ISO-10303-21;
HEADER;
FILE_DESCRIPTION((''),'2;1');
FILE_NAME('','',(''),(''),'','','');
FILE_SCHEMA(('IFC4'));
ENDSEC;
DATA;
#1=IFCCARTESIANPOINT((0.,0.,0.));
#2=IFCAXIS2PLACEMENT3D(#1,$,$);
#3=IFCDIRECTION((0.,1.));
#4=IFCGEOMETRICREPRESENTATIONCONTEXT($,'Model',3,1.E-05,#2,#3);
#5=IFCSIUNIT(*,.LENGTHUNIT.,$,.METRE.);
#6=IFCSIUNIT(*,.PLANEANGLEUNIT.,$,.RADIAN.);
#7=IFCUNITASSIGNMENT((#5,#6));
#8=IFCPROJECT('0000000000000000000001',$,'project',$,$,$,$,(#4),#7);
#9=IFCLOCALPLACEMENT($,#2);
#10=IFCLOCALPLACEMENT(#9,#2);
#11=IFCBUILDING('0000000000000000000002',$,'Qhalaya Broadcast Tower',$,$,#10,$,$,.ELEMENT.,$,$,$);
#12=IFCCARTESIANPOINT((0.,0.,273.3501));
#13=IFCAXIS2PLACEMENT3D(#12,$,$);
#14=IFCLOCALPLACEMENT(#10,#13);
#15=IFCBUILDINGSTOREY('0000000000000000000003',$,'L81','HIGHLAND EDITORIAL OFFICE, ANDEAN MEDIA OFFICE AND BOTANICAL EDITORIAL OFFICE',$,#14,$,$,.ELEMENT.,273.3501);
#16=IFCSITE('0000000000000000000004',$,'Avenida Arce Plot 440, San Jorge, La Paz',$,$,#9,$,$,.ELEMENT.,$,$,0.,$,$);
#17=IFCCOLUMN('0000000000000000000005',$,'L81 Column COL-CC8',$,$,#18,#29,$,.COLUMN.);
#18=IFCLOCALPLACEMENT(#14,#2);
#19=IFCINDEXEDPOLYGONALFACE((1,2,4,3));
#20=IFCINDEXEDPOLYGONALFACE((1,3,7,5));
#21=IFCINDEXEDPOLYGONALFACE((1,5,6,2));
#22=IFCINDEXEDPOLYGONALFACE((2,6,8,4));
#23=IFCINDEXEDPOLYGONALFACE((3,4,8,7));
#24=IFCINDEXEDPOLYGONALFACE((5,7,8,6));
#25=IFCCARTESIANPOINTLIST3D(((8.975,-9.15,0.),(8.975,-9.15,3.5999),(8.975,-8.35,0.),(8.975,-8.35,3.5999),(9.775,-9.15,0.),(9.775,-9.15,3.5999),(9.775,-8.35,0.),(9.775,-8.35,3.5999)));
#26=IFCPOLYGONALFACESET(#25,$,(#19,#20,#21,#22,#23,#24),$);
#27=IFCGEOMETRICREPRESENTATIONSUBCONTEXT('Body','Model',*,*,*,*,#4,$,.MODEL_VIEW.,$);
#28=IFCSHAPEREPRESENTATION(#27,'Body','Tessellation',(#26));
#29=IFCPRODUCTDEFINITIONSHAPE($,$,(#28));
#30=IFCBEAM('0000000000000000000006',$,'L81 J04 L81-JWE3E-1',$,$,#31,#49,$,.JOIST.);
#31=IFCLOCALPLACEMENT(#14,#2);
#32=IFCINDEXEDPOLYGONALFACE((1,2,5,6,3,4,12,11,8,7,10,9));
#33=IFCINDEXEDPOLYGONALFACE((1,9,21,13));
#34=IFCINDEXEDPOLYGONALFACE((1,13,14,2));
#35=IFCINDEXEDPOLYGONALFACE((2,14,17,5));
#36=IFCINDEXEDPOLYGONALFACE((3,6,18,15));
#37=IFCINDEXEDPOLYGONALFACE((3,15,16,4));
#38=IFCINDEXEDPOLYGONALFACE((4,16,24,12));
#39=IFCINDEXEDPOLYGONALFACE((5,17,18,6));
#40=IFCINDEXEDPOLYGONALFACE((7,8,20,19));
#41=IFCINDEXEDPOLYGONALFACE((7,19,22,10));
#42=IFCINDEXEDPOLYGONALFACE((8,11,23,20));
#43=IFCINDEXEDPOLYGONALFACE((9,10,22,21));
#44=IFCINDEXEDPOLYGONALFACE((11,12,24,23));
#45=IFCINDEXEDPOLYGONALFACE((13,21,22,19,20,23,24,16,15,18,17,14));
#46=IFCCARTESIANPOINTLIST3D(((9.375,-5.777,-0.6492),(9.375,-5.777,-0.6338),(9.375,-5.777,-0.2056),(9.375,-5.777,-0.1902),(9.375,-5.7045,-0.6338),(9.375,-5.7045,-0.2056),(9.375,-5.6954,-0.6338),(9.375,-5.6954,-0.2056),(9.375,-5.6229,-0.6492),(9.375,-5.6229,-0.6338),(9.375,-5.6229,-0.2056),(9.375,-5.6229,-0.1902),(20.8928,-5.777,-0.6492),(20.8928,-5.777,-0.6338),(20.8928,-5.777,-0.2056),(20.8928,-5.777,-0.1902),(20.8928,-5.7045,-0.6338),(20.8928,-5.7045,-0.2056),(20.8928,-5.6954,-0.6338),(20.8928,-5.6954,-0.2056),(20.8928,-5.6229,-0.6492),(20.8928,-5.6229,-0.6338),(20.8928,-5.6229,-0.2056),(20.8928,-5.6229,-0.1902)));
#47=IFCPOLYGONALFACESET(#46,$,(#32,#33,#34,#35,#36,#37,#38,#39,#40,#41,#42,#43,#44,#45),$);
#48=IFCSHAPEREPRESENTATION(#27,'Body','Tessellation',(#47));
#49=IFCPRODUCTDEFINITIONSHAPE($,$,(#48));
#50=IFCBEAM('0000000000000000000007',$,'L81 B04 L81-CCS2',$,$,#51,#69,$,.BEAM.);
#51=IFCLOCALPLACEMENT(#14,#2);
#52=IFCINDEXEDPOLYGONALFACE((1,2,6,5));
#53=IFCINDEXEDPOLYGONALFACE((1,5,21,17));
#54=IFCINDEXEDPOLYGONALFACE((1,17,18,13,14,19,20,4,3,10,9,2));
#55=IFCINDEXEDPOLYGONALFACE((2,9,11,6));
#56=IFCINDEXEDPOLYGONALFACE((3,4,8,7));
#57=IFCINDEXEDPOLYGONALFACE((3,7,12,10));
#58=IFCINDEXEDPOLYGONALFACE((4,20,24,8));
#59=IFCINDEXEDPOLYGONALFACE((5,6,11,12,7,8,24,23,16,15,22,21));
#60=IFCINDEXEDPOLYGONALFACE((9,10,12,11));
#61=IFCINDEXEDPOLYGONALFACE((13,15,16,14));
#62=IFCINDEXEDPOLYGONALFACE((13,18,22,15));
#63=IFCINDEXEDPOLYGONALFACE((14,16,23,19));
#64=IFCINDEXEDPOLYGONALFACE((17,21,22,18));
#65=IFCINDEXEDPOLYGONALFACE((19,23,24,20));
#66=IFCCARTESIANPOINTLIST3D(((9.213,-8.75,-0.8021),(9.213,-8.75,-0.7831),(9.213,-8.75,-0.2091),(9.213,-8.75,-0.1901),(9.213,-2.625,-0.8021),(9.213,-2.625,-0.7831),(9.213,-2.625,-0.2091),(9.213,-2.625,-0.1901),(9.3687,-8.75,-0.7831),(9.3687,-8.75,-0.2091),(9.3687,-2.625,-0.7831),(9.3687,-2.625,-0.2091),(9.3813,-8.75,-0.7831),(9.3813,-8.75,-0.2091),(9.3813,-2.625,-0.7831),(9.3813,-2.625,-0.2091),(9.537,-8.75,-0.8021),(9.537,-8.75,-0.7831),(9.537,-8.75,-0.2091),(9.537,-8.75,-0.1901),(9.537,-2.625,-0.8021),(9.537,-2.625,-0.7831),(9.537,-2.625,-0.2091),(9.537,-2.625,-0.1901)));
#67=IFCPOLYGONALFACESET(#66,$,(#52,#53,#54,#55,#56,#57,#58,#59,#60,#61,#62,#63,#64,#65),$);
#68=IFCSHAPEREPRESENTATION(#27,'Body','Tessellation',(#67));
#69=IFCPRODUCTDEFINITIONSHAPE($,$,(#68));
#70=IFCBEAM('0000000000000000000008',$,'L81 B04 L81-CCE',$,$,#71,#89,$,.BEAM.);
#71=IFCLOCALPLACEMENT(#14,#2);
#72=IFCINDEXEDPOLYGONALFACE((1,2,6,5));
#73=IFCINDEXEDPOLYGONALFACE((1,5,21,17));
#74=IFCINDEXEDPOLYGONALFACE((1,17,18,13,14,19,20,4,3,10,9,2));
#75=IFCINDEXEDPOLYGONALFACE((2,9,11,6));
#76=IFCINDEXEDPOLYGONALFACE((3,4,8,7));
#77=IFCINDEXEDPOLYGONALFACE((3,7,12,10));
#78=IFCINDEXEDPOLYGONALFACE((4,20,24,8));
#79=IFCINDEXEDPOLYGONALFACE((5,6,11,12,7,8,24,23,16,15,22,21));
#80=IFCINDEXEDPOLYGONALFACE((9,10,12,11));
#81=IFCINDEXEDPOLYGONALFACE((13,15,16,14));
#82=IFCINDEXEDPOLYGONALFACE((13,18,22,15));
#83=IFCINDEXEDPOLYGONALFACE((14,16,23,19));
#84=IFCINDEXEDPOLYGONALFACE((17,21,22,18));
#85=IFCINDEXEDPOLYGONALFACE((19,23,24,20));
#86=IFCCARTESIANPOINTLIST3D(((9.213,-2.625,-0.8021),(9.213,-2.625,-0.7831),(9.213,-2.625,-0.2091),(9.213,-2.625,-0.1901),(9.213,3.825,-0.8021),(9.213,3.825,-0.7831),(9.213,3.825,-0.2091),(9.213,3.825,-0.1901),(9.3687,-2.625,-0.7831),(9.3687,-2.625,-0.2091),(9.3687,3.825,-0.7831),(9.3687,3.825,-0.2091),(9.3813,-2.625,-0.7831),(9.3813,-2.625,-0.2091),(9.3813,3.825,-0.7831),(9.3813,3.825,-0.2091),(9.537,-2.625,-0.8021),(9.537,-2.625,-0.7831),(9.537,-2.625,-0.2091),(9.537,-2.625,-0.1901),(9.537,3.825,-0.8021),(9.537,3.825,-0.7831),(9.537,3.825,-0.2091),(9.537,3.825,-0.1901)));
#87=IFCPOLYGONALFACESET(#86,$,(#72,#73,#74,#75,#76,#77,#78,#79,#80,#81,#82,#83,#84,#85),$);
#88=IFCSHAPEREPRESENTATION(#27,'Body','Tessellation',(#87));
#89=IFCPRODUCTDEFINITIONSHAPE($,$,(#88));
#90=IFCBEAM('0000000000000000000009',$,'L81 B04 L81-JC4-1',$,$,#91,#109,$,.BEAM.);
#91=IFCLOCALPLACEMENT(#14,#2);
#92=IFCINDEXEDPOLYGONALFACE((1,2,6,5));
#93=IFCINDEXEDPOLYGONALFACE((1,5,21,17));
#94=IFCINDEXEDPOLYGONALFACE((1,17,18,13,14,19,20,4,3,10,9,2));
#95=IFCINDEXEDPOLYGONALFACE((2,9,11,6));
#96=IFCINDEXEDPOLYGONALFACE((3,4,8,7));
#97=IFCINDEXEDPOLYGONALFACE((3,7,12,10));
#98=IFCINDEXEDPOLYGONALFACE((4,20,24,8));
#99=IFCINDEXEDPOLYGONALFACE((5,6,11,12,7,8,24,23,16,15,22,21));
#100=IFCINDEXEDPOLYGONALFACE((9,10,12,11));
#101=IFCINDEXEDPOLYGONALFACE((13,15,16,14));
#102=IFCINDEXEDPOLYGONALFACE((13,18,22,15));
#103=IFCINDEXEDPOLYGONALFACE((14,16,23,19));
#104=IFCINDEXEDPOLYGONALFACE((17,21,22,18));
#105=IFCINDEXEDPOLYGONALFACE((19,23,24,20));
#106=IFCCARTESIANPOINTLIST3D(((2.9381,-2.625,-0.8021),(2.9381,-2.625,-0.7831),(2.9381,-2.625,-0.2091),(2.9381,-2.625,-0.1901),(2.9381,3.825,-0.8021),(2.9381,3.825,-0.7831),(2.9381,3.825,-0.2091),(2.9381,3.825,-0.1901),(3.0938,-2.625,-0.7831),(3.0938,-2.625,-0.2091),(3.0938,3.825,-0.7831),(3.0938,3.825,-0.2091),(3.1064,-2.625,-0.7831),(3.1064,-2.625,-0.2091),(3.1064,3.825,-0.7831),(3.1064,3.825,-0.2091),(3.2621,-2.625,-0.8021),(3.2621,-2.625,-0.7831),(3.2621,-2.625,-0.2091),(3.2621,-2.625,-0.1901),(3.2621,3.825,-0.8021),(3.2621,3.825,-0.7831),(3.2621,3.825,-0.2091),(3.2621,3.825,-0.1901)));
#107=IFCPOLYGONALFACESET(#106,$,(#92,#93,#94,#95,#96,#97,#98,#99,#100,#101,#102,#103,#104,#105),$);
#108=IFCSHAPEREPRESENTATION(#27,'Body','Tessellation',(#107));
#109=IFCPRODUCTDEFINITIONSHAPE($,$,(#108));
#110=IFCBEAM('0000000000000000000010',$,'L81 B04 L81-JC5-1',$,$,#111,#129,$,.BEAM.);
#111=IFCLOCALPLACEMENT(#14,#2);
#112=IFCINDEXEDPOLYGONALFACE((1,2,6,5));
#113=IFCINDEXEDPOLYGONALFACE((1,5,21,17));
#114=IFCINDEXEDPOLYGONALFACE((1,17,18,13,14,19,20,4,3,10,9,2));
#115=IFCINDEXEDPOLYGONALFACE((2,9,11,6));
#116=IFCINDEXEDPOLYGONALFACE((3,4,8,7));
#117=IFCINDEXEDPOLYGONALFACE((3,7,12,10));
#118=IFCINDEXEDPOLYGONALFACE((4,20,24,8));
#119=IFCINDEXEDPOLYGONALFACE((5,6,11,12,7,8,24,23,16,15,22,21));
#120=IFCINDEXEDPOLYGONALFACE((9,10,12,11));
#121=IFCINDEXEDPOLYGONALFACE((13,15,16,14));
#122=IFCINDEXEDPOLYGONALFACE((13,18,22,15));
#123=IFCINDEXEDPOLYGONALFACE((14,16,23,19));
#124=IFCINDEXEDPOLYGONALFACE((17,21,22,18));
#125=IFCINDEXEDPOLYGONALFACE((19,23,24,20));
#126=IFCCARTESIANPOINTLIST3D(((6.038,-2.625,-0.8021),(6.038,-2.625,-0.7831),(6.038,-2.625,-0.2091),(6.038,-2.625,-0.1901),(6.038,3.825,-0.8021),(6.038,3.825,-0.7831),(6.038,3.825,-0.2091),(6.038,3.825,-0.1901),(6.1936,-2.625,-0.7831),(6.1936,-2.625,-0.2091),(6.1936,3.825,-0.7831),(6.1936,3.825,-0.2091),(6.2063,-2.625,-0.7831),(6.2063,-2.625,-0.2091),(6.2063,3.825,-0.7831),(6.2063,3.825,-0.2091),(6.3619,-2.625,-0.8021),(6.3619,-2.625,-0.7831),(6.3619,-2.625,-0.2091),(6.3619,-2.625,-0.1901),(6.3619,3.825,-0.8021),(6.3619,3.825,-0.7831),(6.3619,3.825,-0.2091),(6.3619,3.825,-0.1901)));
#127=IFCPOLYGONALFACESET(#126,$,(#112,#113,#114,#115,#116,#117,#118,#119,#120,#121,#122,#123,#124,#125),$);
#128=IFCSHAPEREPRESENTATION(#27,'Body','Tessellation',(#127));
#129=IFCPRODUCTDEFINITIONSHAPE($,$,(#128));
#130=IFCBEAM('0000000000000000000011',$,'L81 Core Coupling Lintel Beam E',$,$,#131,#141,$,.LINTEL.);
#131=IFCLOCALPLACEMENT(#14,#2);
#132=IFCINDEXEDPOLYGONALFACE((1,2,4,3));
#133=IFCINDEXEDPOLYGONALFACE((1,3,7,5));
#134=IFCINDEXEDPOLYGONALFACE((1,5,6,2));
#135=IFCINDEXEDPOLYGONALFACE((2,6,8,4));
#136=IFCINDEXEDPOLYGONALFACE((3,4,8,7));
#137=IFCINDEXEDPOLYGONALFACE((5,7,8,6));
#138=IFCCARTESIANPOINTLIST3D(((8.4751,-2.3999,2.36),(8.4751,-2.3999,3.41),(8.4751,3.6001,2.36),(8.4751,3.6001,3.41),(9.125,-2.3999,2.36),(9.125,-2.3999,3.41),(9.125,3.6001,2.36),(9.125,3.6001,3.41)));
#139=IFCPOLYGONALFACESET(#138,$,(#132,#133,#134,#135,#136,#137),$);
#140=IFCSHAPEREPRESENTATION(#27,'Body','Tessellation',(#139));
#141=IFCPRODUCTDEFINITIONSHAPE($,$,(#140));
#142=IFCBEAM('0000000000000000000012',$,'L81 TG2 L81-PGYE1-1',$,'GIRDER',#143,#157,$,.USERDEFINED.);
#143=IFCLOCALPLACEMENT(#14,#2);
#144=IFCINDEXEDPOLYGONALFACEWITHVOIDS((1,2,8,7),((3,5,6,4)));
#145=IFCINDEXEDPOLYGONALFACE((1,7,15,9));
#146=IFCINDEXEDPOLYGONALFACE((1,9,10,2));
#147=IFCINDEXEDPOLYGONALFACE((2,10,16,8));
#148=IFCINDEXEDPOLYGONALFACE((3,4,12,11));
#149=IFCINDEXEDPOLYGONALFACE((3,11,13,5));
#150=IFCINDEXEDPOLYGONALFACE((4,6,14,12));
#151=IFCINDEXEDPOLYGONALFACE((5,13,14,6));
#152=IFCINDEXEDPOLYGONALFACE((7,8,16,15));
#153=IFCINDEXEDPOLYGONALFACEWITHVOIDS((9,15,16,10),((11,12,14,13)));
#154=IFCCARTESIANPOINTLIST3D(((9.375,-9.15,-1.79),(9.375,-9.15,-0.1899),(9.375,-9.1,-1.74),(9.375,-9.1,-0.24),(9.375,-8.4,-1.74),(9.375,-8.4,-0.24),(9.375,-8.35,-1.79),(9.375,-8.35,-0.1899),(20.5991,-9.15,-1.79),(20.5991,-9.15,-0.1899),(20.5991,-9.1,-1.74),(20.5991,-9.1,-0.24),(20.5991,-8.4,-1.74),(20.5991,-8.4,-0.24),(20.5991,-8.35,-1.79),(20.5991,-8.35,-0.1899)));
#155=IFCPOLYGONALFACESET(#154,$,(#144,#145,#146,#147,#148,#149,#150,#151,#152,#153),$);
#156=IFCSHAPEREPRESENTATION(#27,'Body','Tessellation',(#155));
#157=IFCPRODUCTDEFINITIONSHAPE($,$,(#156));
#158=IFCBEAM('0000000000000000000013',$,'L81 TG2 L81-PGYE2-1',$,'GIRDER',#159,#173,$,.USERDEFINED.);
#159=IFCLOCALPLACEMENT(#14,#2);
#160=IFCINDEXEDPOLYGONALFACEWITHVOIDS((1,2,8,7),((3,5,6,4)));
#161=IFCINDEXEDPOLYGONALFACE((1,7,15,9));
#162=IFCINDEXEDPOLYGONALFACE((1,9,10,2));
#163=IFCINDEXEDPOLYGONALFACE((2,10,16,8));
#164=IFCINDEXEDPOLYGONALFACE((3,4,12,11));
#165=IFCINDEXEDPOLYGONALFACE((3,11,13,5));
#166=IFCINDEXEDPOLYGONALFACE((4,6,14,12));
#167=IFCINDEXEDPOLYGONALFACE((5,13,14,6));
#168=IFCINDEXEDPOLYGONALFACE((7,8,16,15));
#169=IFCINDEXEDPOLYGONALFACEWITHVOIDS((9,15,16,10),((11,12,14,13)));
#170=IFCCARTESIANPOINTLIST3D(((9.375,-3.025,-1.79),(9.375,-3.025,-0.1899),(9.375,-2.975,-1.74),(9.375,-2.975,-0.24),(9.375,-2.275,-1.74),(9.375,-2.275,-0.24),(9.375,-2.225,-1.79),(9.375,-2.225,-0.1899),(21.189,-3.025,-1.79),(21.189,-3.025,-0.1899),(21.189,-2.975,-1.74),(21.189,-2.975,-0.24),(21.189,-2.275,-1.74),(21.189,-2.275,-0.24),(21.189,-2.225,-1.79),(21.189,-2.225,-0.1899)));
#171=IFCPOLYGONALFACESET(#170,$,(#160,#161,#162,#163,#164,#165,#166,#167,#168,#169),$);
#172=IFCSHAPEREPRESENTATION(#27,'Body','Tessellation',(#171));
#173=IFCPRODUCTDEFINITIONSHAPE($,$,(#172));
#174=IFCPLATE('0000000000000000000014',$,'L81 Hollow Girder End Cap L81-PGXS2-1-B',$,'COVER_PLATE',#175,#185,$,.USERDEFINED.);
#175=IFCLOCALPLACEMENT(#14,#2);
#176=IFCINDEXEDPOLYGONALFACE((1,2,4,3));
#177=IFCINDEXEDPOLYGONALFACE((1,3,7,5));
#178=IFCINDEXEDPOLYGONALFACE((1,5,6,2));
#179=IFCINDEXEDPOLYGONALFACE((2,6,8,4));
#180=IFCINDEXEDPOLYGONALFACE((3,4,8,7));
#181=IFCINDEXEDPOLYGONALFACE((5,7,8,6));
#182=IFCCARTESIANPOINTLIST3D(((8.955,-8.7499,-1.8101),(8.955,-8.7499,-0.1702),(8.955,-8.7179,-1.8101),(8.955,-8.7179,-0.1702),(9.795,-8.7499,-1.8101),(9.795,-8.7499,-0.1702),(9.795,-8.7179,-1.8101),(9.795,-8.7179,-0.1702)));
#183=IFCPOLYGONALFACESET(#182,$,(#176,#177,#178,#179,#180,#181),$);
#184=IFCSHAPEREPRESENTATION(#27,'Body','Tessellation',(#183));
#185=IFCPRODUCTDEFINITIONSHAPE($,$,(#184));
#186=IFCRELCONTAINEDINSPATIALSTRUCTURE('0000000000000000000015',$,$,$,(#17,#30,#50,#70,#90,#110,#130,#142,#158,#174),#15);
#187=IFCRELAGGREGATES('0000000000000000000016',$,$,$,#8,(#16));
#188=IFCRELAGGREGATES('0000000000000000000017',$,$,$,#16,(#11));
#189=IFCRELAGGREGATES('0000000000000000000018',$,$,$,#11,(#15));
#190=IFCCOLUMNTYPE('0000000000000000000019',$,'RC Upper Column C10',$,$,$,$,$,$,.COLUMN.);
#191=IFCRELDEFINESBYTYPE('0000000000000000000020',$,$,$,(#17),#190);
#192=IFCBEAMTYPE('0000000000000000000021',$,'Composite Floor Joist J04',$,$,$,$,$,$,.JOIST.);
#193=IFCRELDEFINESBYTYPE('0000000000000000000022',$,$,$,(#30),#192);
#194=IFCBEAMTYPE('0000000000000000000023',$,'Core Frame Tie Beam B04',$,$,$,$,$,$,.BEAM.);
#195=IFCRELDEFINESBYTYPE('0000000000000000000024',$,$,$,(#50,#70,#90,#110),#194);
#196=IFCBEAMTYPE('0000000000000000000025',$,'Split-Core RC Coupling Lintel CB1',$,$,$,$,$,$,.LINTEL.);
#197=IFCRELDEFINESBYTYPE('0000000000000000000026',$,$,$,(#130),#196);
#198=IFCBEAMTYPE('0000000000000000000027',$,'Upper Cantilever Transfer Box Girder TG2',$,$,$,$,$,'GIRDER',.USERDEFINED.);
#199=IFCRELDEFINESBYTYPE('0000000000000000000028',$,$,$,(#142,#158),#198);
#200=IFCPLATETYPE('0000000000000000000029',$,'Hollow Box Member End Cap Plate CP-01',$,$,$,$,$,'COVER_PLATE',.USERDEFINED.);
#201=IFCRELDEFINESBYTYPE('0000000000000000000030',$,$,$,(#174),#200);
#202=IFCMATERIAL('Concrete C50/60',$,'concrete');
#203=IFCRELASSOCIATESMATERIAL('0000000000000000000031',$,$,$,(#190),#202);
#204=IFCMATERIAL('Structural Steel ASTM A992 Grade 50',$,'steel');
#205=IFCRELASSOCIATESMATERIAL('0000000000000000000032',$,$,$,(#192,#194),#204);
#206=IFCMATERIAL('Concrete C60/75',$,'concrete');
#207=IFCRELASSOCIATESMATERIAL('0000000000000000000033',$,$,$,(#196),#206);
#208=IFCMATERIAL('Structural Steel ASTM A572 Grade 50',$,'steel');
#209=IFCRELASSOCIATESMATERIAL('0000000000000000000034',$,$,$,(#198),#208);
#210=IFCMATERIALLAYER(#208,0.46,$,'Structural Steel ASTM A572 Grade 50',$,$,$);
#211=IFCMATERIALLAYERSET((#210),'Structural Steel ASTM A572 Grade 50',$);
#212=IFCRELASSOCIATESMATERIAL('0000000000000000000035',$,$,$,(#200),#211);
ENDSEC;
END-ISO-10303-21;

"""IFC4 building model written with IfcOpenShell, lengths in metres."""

from ifc_helpers import new_model, si_unit, direction, frame, origin, origin_2d, place, context, subcontext, project, spatial, rectangle, hollow_rectangle, i_section, extrude, material, layer, layer_set, material_profile, profile_set, type_object, element, save


model = new_model("IFC4")

# Units and contexts
model_context = context("Model", 3, precision=1e-05, world=origin(), true_north=direction((0.0, 1.0)))
body_context = subcontext(model_context, "Body", "Model", "MODEL_VIEW")
ifc_project = project(units=[si_unit("LENGTHUNIT", "METRE"), si_unit("PLANEANGLEUNIT", "RADIAN")], contexts=[model_context])

# Site, building, storey
site_placement = place(None, origin())
site = spatial("IfcSite", under=ifc_project, at=site_placement, Name="Avenida Arce Plot 440, San Jorge, La Paz", CompositionType="ELEMENT", RefElevation=0.0)
building_placement = place(site_placement, origin())
building = spatial("IfcBuilding", under=site, at=building_placement, Name="Qhalaya Broadcast Tower", CompositionType="ELEMENT")
storey_placement = place(building_placement, frame((0.0, 0.0, 273.3501)))
storey = spatial("IfcBuildingStorey", under=building, at=storey_placement, Name="L81", Description="HIGHLAND EDITORIAL OFFICE, ANDEAN MEDIA OFFICE AND BOTANICAL EDITORIAL OFFICE", CompositionType="ELEMENT", Elevation=273.3501)

# Column
ifc_material_1 = material(Name="Concrete C50/60", Category="concrete")
ifc_material_profile_1 = material_profile(ifc_material_1, rectangle(XDim=0.8, YDim=0.8, at=origin_2d()), Name="RC-COL 800x800")
ifc_profile_set_1 = profile_set([ifc_material_profile_1], Name="Concrete C50/60")
column_type = type_object("IfcColumnType", Name="RC Upper Column C10", PredefinedType="COLUMN", material=ifc_profile_set_1)
column_placement = place(storey_placement, frame((9.375, -8.75, 0.0), z_axis=(0.0, 0.0, 1.0), x_axis=(1.0, 0.0, 0.0)))
element("IfcColumn", 1, at=column_placement, inside=storey, type_object=column_type, Name="L81 Column COL-CC8", PredefinedType="COLUMN", context=body_context, shape_type="SweptSolid", body=[
    extrude(rectangle(XDim=0.8, YDim=0.8, at=origin_2d()), origin(), (0.0, 0.0, 1.0), 3.5999),
])

# Beams
ifc_material_2 = material(Name="Structural Steel ASTM A992 Grade 50", Category="steel")
ifc_material_profile_2 = material_profile(ifc_material_2, i_section(OverallWidth=0.1541, OverallDepth=0.459, WebThickness=0.009, FlangeThickness=0.0154, at=origin_2d()), Name="W18X46")
ifc_profile_set_2 = profile_set([ifc_material_profile_2], Name="Structural Steel ASTM A992 Grade 50")
beam_type_1 = type_object("IfcBeamType", Name="Composite Floor Joist J04", PredefinedType="JOIST", material=ifc_profile_set_2)
beam_1_placement = place(storey_placement, frame((9.375, -5.7, -0.4197), z_axis=(1.0, 0.0, 0.0), x_axis=(0.0, 1.0, 0.0)))
element("IfcBeam", 2, at=beam_1_placement, inside=storey, type_object=beam_type_1, Name="L81 J04 L81-JWE3E-1", PredefinedType="JOIST", context=body_context, shape_type="SweptSolid", body=[
    extrude(i_section(OverallWidth=0.1541, OverallDepth=0.459, WebThickness=0.009, FlangeThickness=0.0154, at=origin_2d()), origin(), (0.0, 0.0, 1.0), 11.5178),
])
ifc_material_profile_3 = material_profile(ifc_material_2, i_section(OverallWidth=0.324, OverallDepth=0.6121, WebThickness=0.0127, FlangeThickness=0.019, at=origin_2d()), Name="W24X104")
ifc_profile_set_3 = profile_set([ifc_material_profile_3], Name="Structural Steel ASTM A992 Grade 50")
beam_type_2 = type_object("IfcBeamType", Name="Core Frame Tie Beam B04", PredefinedType="BEAM", material=ifc_profile_set_3)
beam_2_placement = place(storey_placement, frame((9.375, -8.75, -0.4961), z_axis=(0.0, 1.0, 0.0), x_axis=(-1.0, 0.0, 0.0)))
element("IfcBeam", 3, at=beam_2_placement, inside=storey, type_object=beam_type_2, Name="L81 B04 L81-CCS2", PredefinedType="BEAM", context=body_context, shape_type="SweptSolid", body=[
    extrude(i_section(OverallWidth=0.324, OverallDepth=0.6121, WebThickness=0.0127, FlangeThickness=0.019, at=origin_2d()), origin(), (0.0, 0.0, 1.0), 6.125),
])
for number, where, z_axis, x_axis, name in (
    (4, (9.375, -2.625, -0.4961), (0.0, 1.0, 0.0), (-1.0, 0.0, 0.0), "L81 B04 L81-CCE"),
    (5, (3.1001, -2.625, -0.4961), (0.0, 1.0, 0.0), (-1.0, 0.0, 0.0), "L81 B04 L81-JC4-1"),
    (6, (6.2, -2.625, -0.4961), (0.0, 1.0, 0.0), (-1.0, 0.0, 0.0), "L81 B04 L81-JC5-1"),
):
    element("IfcBeam", number, at=place(storey_placement, frame(where, z_axis=z_axis, x_axis=x_axis)), inside=storey, type_object=beam_type_2, Name=name, PredefinedType="BEAM", context=body_context, shape_type="SweptSolid", body=[
        extrude(i_section(OverallWidth=0.324, OverallDepth=0.6121, WebThickness=0.0127, FlangeThickness=0.019, at=origin_2d()), origin(), (0.0, 0.0, 1.0), 6.45),
    ])
ifc_material_3 = material(Name="Concrete C60/75", Category="concrete")
ifc_material_profile_4 = material_profile(ifc_material_3, rectangle(XDim=0.6499, YDim=1.05, at=origin_2d()), Name="RC-CB 650x1050")
ifc_profile_set_4 = profile_set([ifc_material_profile_4], Name="Concrete C60/75")
beam_type_3 = type_object("IfcBeamType", Name="Split-Core RC Coupling Lintel CB1", PredefinedType="LINTEL", material=ifc_profile_set_4)
beam_3_placement = place(storey_placement, frame((8.8, -2.3999, 2.885), z_axis=(0.0, 1.0, 0.0), x_axis=(-1.0, 0.0, 0.0)))
element("IfcBeam", 7, at=beam_3_placement, inside=storey, type_object=beam_type_3, Name="L81 Core Coupling Lintel Beam E", PredefinedType="LINTEL", context=body_context, shape_type="SweptSolid", body=[
    extrude(rectangle(XDim=0.6499, YDim=1.05, at=origin_2d()), origin(), (0.0, 0.0, 1.0), 6.0),
])
ifc_material_4 = material(Name="Structural Steel ASTM A572 Grade 50", Category="steel")
ifc_material_profile_5 = material_profile(ifc_material_4, hollow_rectangle(XDim=0.8, YDim=1.6001, WallThickness=0.05, at=origin_2d()), Name="BOX 800x1600x50")
ifc_profile_set_5 = profile_set([ifc_material_profile_5], Name="Structural Steel ASTM A572 Grade 50")
beam_type_4 = type_object("IfcBeamType", Name="Upper Cantilever Transfer Box Girder TG2", ElementType="GIRDER", PredefinedType="USERDEFINED", material=ifc_profile_set_5)
beam_4_placement = place(storey_placement, frame((9.375, -8.75, -0.99), z_axis=(1.0, 0.0, 0.0), x_axis=(0.0, 1.0, 0.0)))
element("IfcBeam", 8, at=beam_4_placement, inside=storey, type_object=beam_type_4, Name="L81 TG2 L81-PGYE1-1", ObjectType="GIRDER", PredefinedType="USERDEFINED", context=body_context, shape_type="SweptSolid", body=[
    extrude(hollow_rectangle(XDim=0.8, YDim=1.6001, WallThickness=0.05, at=origin_2d()), origin(), (0.0, 0.0, 1.0), 11.2241),
])
beam_5_placement = place(storey_placement, frame((9.375, -2.625, -0.99), z_axis=(1.0, 0.0, 0.0), x_axis=(0.0, 1.0, 0.0)))
element("IfcBeam", 9, at=beam_5_placement, inside=storey, type_object=beam_type_4, Name="L81 TG2 L81-PGYE2-1", ObjectType="GIRDER", PredefinedType="USERDEFINED", context=body_context, shape_type="SweptSolid", body=[
    extrude(hollow_rectangle(XDim=0.8, YDim=1.6001, WallThickness=0.05, at=origin_2d()), origin(), (0.0, 0.0, 1.0), 11.814),
])

# Plate
ifc_layer_1 = layer(ifc_material_4, 0.46, Name="Structural Steel ASTM A572 Grade 50")
ifc_layer_set_1 = layer_set([ifc_layer_1], Name="Structural Steel ASTM A572 Grade 50")
plate_type = type_object("IfcPlateType", Name="Hollow Box Member End Cap Plate CP-01", ElementType="COVER_PLATE", PredefinedType="USERDEFINED", material=ifc_layer_set_1)
for number, where, z_axis, x_axis, name in (
    (10, (9.375, -8.7339, -1.8101), (0.0, 0.0, 1.0), (-1.0, 0.0, 0.0), "L81 Hollow Girder End Cap L81-PGXS2-1-B"),
):
    element("IfcPlate", number, at=place(storey_placement, frame(where, z_axis=z_axis, x_axis=x_axis)), inside=storey, type_object=plate_type, Name=name, ObjectType="COVER_PLATE", PredefinedType="USERDEFINED", context=body_context, shape_type="SweptSolid", body=[
        extrude(rectangle(XDim=0.8401, YDim=0.032, at=origin_2d()), origin(), (0.0, 0.0, 1.0), 1.6399),
    ])

save(model, "model.ifc")
